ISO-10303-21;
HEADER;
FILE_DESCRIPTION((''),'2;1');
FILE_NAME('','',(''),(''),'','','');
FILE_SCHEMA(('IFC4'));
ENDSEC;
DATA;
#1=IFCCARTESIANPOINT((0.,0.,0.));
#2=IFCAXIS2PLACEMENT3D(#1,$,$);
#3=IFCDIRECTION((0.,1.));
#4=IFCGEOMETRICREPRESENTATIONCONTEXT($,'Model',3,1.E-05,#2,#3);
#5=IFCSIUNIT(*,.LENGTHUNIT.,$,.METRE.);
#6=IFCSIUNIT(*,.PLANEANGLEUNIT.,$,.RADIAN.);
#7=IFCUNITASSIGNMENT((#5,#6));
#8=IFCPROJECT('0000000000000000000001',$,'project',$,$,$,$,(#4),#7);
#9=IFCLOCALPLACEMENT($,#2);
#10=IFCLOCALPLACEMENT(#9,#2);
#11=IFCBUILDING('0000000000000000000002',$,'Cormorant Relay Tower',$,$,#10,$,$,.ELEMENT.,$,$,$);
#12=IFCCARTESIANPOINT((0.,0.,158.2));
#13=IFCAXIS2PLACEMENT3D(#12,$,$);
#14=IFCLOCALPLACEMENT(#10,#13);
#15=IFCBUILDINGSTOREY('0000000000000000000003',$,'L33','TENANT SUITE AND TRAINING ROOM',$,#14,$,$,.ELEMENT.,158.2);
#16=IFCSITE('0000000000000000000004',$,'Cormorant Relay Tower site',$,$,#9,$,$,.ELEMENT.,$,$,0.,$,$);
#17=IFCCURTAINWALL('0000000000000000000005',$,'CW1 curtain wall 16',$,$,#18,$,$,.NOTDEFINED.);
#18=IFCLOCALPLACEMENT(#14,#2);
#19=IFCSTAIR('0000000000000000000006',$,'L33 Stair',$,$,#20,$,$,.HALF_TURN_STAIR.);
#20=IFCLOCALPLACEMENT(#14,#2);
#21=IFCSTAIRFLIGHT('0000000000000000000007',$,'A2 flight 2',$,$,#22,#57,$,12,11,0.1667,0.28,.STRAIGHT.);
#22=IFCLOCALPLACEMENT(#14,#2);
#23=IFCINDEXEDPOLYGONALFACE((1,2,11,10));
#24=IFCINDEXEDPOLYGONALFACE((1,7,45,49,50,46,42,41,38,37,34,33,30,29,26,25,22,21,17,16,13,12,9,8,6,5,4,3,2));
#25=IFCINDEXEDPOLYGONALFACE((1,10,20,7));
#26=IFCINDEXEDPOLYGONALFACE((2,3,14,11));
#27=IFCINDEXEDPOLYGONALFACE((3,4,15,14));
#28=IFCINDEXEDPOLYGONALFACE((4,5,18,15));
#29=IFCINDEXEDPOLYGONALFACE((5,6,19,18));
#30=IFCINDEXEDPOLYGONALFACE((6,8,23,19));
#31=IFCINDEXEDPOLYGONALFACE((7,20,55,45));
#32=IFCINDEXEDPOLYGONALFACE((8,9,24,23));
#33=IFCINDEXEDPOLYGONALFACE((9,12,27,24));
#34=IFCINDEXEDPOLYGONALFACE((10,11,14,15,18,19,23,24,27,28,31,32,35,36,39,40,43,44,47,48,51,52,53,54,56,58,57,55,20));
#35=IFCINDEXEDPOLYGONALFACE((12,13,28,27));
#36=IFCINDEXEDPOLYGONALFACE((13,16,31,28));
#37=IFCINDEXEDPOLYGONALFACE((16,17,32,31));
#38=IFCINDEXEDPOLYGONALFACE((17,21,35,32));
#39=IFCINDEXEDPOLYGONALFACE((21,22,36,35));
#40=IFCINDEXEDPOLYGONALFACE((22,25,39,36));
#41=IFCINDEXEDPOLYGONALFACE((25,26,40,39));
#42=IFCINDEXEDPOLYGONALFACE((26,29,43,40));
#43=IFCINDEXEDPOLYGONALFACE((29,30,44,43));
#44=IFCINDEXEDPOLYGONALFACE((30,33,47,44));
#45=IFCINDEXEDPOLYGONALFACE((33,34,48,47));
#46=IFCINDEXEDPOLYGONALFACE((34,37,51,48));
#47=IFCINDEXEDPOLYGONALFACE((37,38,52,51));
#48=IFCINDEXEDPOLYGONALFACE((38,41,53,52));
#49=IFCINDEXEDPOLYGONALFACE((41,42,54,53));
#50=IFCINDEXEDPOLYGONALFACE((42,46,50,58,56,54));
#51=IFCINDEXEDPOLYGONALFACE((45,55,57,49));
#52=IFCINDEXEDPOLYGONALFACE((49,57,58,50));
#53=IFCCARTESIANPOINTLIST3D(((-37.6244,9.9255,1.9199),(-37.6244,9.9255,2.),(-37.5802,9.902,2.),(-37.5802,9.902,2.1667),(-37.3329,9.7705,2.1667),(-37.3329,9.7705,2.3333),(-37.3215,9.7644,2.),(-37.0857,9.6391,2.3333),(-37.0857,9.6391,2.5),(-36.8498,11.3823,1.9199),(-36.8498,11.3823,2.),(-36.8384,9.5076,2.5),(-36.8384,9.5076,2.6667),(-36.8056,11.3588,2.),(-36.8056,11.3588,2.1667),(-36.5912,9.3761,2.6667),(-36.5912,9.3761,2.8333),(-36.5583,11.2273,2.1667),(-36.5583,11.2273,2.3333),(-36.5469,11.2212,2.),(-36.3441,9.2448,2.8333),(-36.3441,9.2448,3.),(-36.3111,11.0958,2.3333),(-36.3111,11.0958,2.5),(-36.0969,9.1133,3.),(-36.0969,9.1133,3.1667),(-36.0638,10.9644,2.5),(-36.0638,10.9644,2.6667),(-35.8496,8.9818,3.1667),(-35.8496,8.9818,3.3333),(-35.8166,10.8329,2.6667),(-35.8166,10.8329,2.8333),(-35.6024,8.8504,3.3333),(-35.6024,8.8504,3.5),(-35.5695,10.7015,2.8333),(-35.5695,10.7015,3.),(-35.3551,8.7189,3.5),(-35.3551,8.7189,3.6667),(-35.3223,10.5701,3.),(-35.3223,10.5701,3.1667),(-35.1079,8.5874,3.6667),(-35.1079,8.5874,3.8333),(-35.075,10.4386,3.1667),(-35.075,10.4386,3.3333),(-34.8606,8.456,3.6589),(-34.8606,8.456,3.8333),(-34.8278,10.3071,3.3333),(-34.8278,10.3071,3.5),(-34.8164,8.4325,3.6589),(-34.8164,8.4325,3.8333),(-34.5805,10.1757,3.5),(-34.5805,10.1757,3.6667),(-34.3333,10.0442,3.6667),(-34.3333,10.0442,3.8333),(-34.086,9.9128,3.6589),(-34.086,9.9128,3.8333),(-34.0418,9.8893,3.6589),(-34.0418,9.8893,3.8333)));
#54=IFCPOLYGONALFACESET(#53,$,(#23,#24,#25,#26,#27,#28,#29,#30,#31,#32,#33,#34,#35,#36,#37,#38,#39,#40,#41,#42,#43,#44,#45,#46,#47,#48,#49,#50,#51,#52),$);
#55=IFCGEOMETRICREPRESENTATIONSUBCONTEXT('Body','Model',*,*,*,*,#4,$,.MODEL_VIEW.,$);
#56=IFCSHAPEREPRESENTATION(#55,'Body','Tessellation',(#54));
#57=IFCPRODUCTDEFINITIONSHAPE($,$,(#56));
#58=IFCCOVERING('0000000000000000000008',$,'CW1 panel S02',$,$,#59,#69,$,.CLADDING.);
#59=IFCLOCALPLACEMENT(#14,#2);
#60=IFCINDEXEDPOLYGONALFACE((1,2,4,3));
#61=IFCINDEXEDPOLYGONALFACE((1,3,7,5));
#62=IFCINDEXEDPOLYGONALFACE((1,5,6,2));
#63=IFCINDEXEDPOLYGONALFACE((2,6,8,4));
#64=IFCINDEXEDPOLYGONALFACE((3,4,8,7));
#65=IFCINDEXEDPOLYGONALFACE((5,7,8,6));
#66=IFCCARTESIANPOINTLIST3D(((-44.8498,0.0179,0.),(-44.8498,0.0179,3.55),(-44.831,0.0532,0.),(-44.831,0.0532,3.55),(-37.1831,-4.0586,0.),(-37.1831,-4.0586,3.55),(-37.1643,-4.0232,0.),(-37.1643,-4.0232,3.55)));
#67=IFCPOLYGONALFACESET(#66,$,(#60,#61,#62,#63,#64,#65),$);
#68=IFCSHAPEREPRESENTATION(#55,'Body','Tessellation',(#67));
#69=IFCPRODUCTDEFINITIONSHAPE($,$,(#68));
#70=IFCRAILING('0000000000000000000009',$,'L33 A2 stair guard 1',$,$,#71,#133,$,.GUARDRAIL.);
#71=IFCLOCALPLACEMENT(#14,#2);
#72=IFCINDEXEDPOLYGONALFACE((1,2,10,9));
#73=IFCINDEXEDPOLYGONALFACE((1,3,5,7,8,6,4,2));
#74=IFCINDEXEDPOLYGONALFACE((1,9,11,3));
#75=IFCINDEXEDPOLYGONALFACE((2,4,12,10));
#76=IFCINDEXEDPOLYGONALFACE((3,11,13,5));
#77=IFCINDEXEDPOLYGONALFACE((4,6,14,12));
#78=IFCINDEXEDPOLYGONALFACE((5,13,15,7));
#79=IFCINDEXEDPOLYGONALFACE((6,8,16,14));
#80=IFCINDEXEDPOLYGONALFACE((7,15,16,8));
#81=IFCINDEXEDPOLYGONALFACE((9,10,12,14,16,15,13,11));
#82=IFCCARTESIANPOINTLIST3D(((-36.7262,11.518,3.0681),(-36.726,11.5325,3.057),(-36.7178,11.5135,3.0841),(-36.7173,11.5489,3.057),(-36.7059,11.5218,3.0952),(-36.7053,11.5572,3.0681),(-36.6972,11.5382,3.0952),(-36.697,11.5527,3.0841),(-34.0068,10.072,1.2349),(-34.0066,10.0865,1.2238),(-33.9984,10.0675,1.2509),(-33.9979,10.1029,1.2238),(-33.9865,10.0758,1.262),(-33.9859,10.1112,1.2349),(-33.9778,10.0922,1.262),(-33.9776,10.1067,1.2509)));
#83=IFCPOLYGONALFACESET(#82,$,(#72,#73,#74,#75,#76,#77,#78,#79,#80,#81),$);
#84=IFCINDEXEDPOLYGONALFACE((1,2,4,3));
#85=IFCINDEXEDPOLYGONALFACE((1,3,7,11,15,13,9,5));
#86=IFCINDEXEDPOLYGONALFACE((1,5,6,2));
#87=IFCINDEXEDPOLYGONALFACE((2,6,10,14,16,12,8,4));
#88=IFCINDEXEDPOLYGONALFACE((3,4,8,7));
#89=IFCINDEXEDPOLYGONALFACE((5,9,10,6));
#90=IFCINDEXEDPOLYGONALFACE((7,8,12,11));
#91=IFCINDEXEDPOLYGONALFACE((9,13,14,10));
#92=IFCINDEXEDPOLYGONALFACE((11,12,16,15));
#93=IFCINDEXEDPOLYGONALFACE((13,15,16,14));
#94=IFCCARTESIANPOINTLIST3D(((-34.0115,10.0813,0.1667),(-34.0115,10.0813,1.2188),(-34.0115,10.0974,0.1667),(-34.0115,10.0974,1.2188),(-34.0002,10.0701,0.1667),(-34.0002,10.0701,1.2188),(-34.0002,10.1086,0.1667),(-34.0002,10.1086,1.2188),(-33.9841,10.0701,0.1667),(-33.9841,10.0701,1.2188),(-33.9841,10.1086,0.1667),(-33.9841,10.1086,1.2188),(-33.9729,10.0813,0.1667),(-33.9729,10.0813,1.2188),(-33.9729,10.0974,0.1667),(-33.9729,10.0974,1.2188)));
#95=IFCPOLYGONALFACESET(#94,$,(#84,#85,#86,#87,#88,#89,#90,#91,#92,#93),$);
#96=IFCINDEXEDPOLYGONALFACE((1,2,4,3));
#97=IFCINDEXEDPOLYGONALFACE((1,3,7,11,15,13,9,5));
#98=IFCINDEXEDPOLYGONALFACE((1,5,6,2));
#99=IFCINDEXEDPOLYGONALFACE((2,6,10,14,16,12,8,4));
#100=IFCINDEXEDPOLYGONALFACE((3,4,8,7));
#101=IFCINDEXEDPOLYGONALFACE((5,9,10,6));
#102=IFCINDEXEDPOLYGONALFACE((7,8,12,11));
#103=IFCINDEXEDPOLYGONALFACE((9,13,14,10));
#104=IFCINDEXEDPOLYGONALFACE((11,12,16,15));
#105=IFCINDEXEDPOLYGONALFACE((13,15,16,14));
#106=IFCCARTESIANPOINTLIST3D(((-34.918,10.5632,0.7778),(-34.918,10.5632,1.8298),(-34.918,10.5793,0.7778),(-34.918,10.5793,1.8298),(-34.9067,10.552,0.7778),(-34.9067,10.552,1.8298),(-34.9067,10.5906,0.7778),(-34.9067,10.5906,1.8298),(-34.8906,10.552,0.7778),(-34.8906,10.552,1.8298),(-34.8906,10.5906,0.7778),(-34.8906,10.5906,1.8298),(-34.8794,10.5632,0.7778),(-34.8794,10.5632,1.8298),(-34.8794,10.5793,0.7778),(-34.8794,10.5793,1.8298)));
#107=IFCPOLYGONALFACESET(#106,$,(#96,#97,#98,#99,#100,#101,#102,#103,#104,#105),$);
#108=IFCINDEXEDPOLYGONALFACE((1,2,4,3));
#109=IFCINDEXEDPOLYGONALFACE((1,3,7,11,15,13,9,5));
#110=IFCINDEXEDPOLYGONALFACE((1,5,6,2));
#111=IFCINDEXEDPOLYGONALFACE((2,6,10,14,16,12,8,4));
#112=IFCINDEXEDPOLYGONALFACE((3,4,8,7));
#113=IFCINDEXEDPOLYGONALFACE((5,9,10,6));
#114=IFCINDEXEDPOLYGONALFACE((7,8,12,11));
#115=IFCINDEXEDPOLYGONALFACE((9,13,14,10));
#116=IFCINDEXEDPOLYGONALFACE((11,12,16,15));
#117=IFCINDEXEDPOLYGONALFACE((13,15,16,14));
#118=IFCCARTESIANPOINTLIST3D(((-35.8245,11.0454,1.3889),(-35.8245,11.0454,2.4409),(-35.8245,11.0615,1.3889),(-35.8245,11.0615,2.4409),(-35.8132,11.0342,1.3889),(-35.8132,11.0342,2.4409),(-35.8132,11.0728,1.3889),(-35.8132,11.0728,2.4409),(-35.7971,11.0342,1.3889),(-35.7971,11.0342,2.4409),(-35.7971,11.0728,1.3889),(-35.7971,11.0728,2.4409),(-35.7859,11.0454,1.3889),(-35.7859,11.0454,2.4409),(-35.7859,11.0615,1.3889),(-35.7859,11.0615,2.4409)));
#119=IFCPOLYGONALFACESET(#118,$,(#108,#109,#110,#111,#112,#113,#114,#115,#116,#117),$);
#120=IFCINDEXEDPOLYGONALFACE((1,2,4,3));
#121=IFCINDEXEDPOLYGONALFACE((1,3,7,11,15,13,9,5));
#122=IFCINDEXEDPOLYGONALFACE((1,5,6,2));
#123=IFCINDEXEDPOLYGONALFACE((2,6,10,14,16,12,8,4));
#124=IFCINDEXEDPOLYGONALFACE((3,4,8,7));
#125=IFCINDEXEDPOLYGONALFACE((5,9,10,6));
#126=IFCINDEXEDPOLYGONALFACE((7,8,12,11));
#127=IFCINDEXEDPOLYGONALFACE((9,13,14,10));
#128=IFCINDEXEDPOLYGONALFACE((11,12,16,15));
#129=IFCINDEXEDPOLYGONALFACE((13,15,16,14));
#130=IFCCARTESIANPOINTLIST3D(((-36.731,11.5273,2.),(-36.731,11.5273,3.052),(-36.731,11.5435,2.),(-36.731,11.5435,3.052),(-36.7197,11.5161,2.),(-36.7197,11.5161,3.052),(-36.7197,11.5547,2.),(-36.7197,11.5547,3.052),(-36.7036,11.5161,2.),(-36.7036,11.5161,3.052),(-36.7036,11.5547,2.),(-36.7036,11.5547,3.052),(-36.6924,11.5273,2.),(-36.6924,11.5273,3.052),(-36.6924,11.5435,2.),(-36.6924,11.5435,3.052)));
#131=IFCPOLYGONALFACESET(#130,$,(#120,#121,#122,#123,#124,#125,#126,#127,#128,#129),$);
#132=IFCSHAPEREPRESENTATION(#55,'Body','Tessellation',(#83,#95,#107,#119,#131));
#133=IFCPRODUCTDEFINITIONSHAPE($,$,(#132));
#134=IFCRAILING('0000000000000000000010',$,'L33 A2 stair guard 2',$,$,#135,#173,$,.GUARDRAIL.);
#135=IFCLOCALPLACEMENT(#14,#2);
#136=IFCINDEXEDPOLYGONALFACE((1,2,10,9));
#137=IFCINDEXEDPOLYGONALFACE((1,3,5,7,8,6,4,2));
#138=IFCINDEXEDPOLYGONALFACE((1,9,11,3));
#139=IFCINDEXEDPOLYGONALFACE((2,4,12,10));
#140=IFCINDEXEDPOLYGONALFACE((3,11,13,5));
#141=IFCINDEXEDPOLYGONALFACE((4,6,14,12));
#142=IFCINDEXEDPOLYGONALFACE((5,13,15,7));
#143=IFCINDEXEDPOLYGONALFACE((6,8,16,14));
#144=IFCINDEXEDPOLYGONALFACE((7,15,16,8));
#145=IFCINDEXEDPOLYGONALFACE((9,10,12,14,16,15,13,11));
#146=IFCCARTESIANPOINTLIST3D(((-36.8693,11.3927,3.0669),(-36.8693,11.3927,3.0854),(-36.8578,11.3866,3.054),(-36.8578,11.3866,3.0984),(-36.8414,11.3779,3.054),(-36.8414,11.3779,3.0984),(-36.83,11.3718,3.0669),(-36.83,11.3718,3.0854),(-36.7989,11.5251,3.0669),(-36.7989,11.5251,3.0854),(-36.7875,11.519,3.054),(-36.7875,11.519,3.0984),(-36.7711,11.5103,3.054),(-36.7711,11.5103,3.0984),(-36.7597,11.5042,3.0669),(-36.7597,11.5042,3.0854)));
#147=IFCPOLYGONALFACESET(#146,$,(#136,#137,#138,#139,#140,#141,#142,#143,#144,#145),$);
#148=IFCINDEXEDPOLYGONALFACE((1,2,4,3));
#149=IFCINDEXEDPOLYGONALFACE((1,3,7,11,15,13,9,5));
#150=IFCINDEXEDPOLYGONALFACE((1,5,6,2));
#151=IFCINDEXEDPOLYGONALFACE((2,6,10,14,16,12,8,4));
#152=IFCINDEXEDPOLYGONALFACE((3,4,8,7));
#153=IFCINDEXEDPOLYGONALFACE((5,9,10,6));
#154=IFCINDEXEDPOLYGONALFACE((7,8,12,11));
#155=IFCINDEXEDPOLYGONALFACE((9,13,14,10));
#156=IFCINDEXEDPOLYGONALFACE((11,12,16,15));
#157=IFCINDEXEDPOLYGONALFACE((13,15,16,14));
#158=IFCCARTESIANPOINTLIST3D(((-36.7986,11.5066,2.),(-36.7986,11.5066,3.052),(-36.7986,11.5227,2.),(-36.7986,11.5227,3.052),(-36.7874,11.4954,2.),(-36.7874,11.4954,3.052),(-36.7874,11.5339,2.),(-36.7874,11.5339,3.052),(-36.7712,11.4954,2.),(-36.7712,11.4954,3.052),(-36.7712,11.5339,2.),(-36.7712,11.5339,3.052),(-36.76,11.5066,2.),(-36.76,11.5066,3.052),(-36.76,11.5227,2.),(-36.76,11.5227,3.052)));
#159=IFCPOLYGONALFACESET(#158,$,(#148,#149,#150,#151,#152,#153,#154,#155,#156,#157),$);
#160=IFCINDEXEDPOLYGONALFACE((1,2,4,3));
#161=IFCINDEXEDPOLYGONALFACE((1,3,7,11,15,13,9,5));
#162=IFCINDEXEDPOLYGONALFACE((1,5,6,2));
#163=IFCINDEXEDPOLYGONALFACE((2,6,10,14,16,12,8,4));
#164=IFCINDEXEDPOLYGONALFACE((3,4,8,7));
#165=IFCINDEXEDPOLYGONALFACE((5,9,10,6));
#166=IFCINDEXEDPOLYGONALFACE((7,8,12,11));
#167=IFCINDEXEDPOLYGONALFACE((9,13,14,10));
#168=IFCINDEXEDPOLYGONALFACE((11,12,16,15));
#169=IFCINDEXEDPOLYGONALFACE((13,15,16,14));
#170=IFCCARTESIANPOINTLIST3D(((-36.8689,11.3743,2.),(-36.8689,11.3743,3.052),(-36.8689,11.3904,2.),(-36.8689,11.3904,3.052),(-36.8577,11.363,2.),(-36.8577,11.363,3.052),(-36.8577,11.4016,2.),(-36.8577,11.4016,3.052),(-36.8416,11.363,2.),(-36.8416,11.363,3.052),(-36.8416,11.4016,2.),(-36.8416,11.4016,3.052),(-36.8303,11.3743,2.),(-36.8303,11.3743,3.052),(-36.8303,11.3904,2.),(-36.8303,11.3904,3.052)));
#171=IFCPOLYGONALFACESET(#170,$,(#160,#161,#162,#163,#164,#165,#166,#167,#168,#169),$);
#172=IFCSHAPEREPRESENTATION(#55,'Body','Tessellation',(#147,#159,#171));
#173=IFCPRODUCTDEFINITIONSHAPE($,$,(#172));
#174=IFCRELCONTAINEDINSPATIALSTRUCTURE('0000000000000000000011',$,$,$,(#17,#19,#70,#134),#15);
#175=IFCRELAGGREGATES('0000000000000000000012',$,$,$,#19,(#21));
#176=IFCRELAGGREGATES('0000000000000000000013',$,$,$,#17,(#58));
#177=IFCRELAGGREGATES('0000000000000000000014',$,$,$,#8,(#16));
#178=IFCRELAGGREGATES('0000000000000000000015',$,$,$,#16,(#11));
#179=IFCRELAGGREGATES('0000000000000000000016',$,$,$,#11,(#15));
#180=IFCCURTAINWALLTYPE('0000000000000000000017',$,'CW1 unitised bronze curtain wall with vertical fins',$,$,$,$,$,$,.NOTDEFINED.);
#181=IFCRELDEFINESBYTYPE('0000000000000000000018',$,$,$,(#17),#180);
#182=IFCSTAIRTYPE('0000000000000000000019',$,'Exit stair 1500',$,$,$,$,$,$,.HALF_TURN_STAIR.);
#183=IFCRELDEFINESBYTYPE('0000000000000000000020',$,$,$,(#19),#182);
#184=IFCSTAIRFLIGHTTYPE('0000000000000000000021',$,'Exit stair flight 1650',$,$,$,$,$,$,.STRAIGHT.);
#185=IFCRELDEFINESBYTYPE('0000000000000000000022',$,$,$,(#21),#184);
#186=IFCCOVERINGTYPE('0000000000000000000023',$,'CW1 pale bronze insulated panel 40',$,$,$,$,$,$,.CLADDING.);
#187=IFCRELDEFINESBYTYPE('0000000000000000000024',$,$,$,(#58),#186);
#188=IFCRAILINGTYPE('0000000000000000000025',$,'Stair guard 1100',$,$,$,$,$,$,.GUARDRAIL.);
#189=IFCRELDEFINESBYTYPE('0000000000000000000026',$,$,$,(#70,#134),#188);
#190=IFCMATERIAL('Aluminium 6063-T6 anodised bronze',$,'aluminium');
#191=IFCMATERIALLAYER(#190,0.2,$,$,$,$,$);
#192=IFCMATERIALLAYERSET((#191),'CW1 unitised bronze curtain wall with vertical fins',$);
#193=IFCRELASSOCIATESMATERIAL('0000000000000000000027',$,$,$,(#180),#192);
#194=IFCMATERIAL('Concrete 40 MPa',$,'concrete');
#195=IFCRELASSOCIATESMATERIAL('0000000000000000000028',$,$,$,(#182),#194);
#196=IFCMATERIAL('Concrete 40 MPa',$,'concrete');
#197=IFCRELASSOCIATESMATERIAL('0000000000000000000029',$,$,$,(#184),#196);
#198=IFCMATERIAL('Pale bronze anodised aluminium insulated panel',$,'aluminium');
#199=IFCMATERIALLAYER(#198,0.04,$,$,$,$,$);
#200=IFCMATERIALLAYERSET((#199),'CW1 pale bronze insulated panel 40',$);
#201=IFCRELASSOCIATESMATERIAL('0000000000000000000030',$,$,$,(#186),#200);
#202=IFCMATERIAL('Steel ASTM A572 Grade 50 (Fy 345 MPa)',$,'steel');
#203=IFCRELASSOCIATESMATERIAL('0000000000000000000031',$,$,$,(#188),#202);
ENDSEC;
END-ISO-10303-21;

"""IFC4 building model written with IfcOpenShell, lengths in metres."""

from ifc_helpers import new_model, si_unit, direction, frame, origin, origin_2d, place, context, subcontext, project, spatial, polyline, rectangle, outline, extrude, material, layer, layer_set, type_object, element, aggregate, save


model = new_model("IFC4")

# Units and contexts
model_context = context("Model", 3, precision=1e-05, world=origin(), true_north=direction((0.0, 1.0)))
body_context = subcontext(model_context, "Body", "Model", "MODEL_VIEW")
ifc_project = project(units=[si_unit("LENGTHUNIT", "METRE"), si_unit("PLANEANGLEUNIT", "RADIAN")], contexts=[model_context])

# Site, building, storey
site_placement = place(None, origin())
site = spatial("IfcSite", under=ifc_project, at=site_placement, Name="Cormorant Relay Tower site", CompositionType="ELEMENT", RefElevation=0.0)
building_placement = place(site_placement, origin())
building = spatial("IfcBuilding", under=site, at=building_placement, Name="Cormorant Relay Tower", CompositionType="ELEMENT")
storey_placement = place(building_placement, frame((0.0, 0.0, 158.2)))
storey = spatial("IfcBuildingStorey", under=building, at=storey_placement, Name="L33", Description="TENANT SUITE AND TRAINING ROOM", CompositionType="ELEMENT", Elevation=158.2)

# Curtain wall
ifc_material_1 = material(Name="Aluminium 6063-T6 anodised bronze", Category="aluminium")
ifc_layer_1 = layer(ifc_material_1, 0.2)
ifc_layer_set_1 = layer_set([ifc_layer_1], Name="CW1 unitised bronze curtain wall with vertical fins")
curtain_wall_type = type_object("IfcCurtainWallType", Name="CW1 unitised bronze curtain wall with vertical fins", PredefinedType="NOTDEFINED", material=ifc_layer_set_1)
curtain_wall_placement = place(storey_placement, origin())
curtain_wall = element("IfcCurtainWall", 1, at=curtain_wall_placement, inside=storey, type_object=curtain_wall_type, Name="CW1 curtain wall 16", PredefinedType="NOTDEFINED")

# Stair, stair flight
ifc_material_2 = material(Name="Concrete 40 MPa", Category="concrete")
stair_type = type_object("IfcStairType", Name="Exit stair 1500", PredefinedType="HALF_TURN_STAIR", material=ifc_material_2)
stair_placement = place(storey_placement, origin())
stair = element("IfcStair", 2, at=stair_placement, inside=storey, type_object=stair_type, Name="L33 Stair", PredefinedType="HALF_TURN_STAIR")
ifc_material_3 = material(Name="Concrete 40 MPa", Category="concrete")
stair_flight_type = type_object("IfcStairFlightType", Name="Exit stair flight 1650", PredefinedType="STRAIGHT", material=ifc_material_3)
stair_flight_1_placement = place(storey_placement, frame((-37.1929, 10.6304, 2.0), z_axis=(0.0, 0.0, 1.0), x_axis=(0.882948, -0.469472, 0.0)))
stair_flight_1 = element("IfcStairFlight", 3, at=stair_flight_1_placement, type_object=stair_flight_type, Name="A2 flight 2", NumberOfRisers=12, NumberOfTreads=11, PredefinedType="STRAIGHT", RiserHeight=0.1667, TreadLength=0.28, context=body_context, shape_type="SweptSolid", body=[
    extrude(outline(polyline([(-0.05, -0.0801), (-0.05, 0.0), (0.0, 0.0), (0.0, 0.1667), (0.28, 0.1667), (0.28, 0.3333), (0.5601, 0.3333), (0.5601, 0.5), (0.8401, 0.5), (0.8401, 0.6667), (1.1201, 0.6667), (1.1201, 0.8333), (1.3999, 0.8333), (1.3999, 1.0), (1.6799, 1.0), (1.6799, 1.1667), (1.96, 1.1667), (1.96, 1.3333), (2.24, 1.3333), (2.24, 1.5), (2.52, 1.5), (2.52, 1.6667), (2.8, 1.6667), (2.8, 1.8333), (3.0801, 1.8333), (3.1301, 1.8333), (3.1301, 1.6589), (3.0801, 1.6589), (0.293, 0.0), (-0.05, -0.0801)])), frame((0.0, 0.825, 0.0), z_axis=(0.0, -1.0, 0.0), x_axis=(1.0, 0.0, 0.0)), (0.0, 0.0, 1.0), 1.6499),
])
aggregate(stair, [stair_flight_1])

# Covering
ifc_material_4 = material(Name="Pale bronze anodised aluminium insulated panel", Category="aluminium")
ifc_layer_2 = layer(ifc_material_4, 0.04)
ifc_layer_set_2 = layer_set([ifc_layer_2], Name="CW1 pale bronze insulated panel 40")
covering_type = type_object("IfcCoveringType", Name="CW1 pale bronze insulated panel 40", PredefinedType="CLADDING", material=ifc_layer_set_2)
covering_placement = place(storey_placement, frame((-41.0071, -2.0027, 0.0), z_axis=(0.0, 0.0, 1.0), x_axis=(0.882948, -0.469472, 0.0)))
covering = element("IfcCovering", 4, at=covering_placement, type_object=covering_type, Name="CW1 panel S02", PredefinedType="CLADDING", context=body_context, shape_type="SweptSolid", body=[
    extrude(rectangle(XDim=8.6831, YDim=0.04, at=origin_2d()), origin(), (0.0, 0.0, 1.0), 3.55),
])
aggregate(curtain_wall, [covering])

# Railings
ifc_material_5 = material(Name="Steel ASTM A572 Grade 50 (Fy 345 MPa)", Category="steel")
railing_type_1 = type_object("IfcRailingType", Name="Stair guard 1100", PredefinedType="GUARDRAIL", material=ifc_material_5)
railing_1_placement = place(storey_placement, frame((-33.9922, 10.0894, 0.1667)))
element("IfcRailing", 5, at=railing_1_placement, inside=storey, type_object=railing_type_1, Name="L33 A2 stair guard 1", PredefinedType="GUARDRAIL", context=body_context, shape_type="SweptSolid", body=[
    extrude(outline(polyline([(0.0222, 0.0093), (0.0093, 0.0222), (-0.0093, 0.0222), (-0.0222, 0.0093), (-0.0222, -0.0093), (-0.0093, -0.0222), (0.0093, -0.0222), (0.0222, -0.0093), (0.0222, 0.0093)])), frame((0.0, 0.0, 1.0762), z_axis=(-0.758714, 0.403435, 0.511463), x_axis=(-0.469489, -0.882938, 0.0)), (0.0, 0.0, 1.0), 3.5842),
    extrude(outline(polyline([(0.0193, 0.0081), (0.0081, 0.0193), (-0.0081, 0.0193), (-0.0193, 0.0081), (-0.0193, -0.0081), (-0.0081, -0.0193), (0.0081, -0.0193), (0.0193, -0.0081), (0.0193, 0.0081)])), origin(), (0.0, 0.0, 1.0), 1.052),
    extrude(outline(polyline([(0.0193, 0.0081), (0.0081, 0.0193), (-0.0081, 0.0193), (-0.0193, 0.0081), (-0.0193, -0.0081), (-0.0081, -0.0193), (0.0081, -0.0193), (0.0193, -0.0081), (0.0193, 0.0081)])), frame((-0.9065, 0.4819, 0.6111)), (0.0, 0.0, 1.0), 1.052),
    extrude(outline(polyline([(0.0193, 0.0081), (0.0081, 0.0193), (-0.0081, 0.0193), (-0.0193, 0.0081), (-0.0193, -0.0081), (-0.0081, -0.0193), (0.0081, -0.0193), (0.0193, -0.0081), (0.0193, 0.0081)])), frame((-1.813, 0.9641, 1.2222)), (0.0, 0.0, 1.0), 1.052),
    extrude(outline(polyline([(0.0193, 0.0081), (0.0081, 0.0193), (-0.0081, 0.0193), (-0.0193, 0.0081), (-0.0193, -0.0081), (-0.0081, -0.0193), (0.0081, -0.0193), (0.0193, -0.0081), (0.0193, 0.0081)])), frame((-2.7195, 1.446, 1.8333)), (0.0, 0.0, 1.0), 1.052),
])
railing_2_placement = place(storey_placement, frame((-36.7793, 11.5146, 2.0)))
element("IfcRailing", 6, at=railing_2_placement, inside=storey, type_object=railing_type_1, Name="L33 A2 stair guard 2", PredefinedType="GUARDRAIL", context=body_context, shape_type="SweptSolid", body=[
    extrude(outline(polyline([(0.0222, 0.0093), (0.0093, 0.0222), (-0.0093, 0.0222), (-0.0222, 0.0093), (-0.0222, -0.0093), (-0.0093, -0.0222), (0.0093, -0.0222), (0.0222, -0.0093), (0.0222, 0.0093)])), frame((0.0, 0.0, 1.0762), z_axis=(-0.469235, -0.883074, 0.0), x_axis=(0.883074, -0.469235, 0.0)), (0.0, 0.0, 1.0), 0.1499),
    extrude(outline(polyline([(0.0193, 0.0081), (0.0081, 0.0193), (-0.0081, 0.0193), (-0.0193, 0.0081), (-0.0193, -0.0081), (-0.0081, -0.0193), (0.0081, -0.0193), (0.0193, -0.0081), (0.0193, 0.0081)])), origin(), (0.0, 0.0, 1.0), 1.052),
    extrude(outline(polyline([(0.0193, 0.0081), (0.0081, 0.0193), (-0.0081, 0.0193), (-0.0193, 0.0081), (-0.0193, -0.0081), (-0.0081, -0.0193), (0.0081, -0.0193), (0.0193, -0.0081), (0.0193, 0.0081)])), frame((-0.0703, -0.1323, 0.0)), (0.0, 0.0, 1.0), 1.052),
])

save(model, "model.ifc")
